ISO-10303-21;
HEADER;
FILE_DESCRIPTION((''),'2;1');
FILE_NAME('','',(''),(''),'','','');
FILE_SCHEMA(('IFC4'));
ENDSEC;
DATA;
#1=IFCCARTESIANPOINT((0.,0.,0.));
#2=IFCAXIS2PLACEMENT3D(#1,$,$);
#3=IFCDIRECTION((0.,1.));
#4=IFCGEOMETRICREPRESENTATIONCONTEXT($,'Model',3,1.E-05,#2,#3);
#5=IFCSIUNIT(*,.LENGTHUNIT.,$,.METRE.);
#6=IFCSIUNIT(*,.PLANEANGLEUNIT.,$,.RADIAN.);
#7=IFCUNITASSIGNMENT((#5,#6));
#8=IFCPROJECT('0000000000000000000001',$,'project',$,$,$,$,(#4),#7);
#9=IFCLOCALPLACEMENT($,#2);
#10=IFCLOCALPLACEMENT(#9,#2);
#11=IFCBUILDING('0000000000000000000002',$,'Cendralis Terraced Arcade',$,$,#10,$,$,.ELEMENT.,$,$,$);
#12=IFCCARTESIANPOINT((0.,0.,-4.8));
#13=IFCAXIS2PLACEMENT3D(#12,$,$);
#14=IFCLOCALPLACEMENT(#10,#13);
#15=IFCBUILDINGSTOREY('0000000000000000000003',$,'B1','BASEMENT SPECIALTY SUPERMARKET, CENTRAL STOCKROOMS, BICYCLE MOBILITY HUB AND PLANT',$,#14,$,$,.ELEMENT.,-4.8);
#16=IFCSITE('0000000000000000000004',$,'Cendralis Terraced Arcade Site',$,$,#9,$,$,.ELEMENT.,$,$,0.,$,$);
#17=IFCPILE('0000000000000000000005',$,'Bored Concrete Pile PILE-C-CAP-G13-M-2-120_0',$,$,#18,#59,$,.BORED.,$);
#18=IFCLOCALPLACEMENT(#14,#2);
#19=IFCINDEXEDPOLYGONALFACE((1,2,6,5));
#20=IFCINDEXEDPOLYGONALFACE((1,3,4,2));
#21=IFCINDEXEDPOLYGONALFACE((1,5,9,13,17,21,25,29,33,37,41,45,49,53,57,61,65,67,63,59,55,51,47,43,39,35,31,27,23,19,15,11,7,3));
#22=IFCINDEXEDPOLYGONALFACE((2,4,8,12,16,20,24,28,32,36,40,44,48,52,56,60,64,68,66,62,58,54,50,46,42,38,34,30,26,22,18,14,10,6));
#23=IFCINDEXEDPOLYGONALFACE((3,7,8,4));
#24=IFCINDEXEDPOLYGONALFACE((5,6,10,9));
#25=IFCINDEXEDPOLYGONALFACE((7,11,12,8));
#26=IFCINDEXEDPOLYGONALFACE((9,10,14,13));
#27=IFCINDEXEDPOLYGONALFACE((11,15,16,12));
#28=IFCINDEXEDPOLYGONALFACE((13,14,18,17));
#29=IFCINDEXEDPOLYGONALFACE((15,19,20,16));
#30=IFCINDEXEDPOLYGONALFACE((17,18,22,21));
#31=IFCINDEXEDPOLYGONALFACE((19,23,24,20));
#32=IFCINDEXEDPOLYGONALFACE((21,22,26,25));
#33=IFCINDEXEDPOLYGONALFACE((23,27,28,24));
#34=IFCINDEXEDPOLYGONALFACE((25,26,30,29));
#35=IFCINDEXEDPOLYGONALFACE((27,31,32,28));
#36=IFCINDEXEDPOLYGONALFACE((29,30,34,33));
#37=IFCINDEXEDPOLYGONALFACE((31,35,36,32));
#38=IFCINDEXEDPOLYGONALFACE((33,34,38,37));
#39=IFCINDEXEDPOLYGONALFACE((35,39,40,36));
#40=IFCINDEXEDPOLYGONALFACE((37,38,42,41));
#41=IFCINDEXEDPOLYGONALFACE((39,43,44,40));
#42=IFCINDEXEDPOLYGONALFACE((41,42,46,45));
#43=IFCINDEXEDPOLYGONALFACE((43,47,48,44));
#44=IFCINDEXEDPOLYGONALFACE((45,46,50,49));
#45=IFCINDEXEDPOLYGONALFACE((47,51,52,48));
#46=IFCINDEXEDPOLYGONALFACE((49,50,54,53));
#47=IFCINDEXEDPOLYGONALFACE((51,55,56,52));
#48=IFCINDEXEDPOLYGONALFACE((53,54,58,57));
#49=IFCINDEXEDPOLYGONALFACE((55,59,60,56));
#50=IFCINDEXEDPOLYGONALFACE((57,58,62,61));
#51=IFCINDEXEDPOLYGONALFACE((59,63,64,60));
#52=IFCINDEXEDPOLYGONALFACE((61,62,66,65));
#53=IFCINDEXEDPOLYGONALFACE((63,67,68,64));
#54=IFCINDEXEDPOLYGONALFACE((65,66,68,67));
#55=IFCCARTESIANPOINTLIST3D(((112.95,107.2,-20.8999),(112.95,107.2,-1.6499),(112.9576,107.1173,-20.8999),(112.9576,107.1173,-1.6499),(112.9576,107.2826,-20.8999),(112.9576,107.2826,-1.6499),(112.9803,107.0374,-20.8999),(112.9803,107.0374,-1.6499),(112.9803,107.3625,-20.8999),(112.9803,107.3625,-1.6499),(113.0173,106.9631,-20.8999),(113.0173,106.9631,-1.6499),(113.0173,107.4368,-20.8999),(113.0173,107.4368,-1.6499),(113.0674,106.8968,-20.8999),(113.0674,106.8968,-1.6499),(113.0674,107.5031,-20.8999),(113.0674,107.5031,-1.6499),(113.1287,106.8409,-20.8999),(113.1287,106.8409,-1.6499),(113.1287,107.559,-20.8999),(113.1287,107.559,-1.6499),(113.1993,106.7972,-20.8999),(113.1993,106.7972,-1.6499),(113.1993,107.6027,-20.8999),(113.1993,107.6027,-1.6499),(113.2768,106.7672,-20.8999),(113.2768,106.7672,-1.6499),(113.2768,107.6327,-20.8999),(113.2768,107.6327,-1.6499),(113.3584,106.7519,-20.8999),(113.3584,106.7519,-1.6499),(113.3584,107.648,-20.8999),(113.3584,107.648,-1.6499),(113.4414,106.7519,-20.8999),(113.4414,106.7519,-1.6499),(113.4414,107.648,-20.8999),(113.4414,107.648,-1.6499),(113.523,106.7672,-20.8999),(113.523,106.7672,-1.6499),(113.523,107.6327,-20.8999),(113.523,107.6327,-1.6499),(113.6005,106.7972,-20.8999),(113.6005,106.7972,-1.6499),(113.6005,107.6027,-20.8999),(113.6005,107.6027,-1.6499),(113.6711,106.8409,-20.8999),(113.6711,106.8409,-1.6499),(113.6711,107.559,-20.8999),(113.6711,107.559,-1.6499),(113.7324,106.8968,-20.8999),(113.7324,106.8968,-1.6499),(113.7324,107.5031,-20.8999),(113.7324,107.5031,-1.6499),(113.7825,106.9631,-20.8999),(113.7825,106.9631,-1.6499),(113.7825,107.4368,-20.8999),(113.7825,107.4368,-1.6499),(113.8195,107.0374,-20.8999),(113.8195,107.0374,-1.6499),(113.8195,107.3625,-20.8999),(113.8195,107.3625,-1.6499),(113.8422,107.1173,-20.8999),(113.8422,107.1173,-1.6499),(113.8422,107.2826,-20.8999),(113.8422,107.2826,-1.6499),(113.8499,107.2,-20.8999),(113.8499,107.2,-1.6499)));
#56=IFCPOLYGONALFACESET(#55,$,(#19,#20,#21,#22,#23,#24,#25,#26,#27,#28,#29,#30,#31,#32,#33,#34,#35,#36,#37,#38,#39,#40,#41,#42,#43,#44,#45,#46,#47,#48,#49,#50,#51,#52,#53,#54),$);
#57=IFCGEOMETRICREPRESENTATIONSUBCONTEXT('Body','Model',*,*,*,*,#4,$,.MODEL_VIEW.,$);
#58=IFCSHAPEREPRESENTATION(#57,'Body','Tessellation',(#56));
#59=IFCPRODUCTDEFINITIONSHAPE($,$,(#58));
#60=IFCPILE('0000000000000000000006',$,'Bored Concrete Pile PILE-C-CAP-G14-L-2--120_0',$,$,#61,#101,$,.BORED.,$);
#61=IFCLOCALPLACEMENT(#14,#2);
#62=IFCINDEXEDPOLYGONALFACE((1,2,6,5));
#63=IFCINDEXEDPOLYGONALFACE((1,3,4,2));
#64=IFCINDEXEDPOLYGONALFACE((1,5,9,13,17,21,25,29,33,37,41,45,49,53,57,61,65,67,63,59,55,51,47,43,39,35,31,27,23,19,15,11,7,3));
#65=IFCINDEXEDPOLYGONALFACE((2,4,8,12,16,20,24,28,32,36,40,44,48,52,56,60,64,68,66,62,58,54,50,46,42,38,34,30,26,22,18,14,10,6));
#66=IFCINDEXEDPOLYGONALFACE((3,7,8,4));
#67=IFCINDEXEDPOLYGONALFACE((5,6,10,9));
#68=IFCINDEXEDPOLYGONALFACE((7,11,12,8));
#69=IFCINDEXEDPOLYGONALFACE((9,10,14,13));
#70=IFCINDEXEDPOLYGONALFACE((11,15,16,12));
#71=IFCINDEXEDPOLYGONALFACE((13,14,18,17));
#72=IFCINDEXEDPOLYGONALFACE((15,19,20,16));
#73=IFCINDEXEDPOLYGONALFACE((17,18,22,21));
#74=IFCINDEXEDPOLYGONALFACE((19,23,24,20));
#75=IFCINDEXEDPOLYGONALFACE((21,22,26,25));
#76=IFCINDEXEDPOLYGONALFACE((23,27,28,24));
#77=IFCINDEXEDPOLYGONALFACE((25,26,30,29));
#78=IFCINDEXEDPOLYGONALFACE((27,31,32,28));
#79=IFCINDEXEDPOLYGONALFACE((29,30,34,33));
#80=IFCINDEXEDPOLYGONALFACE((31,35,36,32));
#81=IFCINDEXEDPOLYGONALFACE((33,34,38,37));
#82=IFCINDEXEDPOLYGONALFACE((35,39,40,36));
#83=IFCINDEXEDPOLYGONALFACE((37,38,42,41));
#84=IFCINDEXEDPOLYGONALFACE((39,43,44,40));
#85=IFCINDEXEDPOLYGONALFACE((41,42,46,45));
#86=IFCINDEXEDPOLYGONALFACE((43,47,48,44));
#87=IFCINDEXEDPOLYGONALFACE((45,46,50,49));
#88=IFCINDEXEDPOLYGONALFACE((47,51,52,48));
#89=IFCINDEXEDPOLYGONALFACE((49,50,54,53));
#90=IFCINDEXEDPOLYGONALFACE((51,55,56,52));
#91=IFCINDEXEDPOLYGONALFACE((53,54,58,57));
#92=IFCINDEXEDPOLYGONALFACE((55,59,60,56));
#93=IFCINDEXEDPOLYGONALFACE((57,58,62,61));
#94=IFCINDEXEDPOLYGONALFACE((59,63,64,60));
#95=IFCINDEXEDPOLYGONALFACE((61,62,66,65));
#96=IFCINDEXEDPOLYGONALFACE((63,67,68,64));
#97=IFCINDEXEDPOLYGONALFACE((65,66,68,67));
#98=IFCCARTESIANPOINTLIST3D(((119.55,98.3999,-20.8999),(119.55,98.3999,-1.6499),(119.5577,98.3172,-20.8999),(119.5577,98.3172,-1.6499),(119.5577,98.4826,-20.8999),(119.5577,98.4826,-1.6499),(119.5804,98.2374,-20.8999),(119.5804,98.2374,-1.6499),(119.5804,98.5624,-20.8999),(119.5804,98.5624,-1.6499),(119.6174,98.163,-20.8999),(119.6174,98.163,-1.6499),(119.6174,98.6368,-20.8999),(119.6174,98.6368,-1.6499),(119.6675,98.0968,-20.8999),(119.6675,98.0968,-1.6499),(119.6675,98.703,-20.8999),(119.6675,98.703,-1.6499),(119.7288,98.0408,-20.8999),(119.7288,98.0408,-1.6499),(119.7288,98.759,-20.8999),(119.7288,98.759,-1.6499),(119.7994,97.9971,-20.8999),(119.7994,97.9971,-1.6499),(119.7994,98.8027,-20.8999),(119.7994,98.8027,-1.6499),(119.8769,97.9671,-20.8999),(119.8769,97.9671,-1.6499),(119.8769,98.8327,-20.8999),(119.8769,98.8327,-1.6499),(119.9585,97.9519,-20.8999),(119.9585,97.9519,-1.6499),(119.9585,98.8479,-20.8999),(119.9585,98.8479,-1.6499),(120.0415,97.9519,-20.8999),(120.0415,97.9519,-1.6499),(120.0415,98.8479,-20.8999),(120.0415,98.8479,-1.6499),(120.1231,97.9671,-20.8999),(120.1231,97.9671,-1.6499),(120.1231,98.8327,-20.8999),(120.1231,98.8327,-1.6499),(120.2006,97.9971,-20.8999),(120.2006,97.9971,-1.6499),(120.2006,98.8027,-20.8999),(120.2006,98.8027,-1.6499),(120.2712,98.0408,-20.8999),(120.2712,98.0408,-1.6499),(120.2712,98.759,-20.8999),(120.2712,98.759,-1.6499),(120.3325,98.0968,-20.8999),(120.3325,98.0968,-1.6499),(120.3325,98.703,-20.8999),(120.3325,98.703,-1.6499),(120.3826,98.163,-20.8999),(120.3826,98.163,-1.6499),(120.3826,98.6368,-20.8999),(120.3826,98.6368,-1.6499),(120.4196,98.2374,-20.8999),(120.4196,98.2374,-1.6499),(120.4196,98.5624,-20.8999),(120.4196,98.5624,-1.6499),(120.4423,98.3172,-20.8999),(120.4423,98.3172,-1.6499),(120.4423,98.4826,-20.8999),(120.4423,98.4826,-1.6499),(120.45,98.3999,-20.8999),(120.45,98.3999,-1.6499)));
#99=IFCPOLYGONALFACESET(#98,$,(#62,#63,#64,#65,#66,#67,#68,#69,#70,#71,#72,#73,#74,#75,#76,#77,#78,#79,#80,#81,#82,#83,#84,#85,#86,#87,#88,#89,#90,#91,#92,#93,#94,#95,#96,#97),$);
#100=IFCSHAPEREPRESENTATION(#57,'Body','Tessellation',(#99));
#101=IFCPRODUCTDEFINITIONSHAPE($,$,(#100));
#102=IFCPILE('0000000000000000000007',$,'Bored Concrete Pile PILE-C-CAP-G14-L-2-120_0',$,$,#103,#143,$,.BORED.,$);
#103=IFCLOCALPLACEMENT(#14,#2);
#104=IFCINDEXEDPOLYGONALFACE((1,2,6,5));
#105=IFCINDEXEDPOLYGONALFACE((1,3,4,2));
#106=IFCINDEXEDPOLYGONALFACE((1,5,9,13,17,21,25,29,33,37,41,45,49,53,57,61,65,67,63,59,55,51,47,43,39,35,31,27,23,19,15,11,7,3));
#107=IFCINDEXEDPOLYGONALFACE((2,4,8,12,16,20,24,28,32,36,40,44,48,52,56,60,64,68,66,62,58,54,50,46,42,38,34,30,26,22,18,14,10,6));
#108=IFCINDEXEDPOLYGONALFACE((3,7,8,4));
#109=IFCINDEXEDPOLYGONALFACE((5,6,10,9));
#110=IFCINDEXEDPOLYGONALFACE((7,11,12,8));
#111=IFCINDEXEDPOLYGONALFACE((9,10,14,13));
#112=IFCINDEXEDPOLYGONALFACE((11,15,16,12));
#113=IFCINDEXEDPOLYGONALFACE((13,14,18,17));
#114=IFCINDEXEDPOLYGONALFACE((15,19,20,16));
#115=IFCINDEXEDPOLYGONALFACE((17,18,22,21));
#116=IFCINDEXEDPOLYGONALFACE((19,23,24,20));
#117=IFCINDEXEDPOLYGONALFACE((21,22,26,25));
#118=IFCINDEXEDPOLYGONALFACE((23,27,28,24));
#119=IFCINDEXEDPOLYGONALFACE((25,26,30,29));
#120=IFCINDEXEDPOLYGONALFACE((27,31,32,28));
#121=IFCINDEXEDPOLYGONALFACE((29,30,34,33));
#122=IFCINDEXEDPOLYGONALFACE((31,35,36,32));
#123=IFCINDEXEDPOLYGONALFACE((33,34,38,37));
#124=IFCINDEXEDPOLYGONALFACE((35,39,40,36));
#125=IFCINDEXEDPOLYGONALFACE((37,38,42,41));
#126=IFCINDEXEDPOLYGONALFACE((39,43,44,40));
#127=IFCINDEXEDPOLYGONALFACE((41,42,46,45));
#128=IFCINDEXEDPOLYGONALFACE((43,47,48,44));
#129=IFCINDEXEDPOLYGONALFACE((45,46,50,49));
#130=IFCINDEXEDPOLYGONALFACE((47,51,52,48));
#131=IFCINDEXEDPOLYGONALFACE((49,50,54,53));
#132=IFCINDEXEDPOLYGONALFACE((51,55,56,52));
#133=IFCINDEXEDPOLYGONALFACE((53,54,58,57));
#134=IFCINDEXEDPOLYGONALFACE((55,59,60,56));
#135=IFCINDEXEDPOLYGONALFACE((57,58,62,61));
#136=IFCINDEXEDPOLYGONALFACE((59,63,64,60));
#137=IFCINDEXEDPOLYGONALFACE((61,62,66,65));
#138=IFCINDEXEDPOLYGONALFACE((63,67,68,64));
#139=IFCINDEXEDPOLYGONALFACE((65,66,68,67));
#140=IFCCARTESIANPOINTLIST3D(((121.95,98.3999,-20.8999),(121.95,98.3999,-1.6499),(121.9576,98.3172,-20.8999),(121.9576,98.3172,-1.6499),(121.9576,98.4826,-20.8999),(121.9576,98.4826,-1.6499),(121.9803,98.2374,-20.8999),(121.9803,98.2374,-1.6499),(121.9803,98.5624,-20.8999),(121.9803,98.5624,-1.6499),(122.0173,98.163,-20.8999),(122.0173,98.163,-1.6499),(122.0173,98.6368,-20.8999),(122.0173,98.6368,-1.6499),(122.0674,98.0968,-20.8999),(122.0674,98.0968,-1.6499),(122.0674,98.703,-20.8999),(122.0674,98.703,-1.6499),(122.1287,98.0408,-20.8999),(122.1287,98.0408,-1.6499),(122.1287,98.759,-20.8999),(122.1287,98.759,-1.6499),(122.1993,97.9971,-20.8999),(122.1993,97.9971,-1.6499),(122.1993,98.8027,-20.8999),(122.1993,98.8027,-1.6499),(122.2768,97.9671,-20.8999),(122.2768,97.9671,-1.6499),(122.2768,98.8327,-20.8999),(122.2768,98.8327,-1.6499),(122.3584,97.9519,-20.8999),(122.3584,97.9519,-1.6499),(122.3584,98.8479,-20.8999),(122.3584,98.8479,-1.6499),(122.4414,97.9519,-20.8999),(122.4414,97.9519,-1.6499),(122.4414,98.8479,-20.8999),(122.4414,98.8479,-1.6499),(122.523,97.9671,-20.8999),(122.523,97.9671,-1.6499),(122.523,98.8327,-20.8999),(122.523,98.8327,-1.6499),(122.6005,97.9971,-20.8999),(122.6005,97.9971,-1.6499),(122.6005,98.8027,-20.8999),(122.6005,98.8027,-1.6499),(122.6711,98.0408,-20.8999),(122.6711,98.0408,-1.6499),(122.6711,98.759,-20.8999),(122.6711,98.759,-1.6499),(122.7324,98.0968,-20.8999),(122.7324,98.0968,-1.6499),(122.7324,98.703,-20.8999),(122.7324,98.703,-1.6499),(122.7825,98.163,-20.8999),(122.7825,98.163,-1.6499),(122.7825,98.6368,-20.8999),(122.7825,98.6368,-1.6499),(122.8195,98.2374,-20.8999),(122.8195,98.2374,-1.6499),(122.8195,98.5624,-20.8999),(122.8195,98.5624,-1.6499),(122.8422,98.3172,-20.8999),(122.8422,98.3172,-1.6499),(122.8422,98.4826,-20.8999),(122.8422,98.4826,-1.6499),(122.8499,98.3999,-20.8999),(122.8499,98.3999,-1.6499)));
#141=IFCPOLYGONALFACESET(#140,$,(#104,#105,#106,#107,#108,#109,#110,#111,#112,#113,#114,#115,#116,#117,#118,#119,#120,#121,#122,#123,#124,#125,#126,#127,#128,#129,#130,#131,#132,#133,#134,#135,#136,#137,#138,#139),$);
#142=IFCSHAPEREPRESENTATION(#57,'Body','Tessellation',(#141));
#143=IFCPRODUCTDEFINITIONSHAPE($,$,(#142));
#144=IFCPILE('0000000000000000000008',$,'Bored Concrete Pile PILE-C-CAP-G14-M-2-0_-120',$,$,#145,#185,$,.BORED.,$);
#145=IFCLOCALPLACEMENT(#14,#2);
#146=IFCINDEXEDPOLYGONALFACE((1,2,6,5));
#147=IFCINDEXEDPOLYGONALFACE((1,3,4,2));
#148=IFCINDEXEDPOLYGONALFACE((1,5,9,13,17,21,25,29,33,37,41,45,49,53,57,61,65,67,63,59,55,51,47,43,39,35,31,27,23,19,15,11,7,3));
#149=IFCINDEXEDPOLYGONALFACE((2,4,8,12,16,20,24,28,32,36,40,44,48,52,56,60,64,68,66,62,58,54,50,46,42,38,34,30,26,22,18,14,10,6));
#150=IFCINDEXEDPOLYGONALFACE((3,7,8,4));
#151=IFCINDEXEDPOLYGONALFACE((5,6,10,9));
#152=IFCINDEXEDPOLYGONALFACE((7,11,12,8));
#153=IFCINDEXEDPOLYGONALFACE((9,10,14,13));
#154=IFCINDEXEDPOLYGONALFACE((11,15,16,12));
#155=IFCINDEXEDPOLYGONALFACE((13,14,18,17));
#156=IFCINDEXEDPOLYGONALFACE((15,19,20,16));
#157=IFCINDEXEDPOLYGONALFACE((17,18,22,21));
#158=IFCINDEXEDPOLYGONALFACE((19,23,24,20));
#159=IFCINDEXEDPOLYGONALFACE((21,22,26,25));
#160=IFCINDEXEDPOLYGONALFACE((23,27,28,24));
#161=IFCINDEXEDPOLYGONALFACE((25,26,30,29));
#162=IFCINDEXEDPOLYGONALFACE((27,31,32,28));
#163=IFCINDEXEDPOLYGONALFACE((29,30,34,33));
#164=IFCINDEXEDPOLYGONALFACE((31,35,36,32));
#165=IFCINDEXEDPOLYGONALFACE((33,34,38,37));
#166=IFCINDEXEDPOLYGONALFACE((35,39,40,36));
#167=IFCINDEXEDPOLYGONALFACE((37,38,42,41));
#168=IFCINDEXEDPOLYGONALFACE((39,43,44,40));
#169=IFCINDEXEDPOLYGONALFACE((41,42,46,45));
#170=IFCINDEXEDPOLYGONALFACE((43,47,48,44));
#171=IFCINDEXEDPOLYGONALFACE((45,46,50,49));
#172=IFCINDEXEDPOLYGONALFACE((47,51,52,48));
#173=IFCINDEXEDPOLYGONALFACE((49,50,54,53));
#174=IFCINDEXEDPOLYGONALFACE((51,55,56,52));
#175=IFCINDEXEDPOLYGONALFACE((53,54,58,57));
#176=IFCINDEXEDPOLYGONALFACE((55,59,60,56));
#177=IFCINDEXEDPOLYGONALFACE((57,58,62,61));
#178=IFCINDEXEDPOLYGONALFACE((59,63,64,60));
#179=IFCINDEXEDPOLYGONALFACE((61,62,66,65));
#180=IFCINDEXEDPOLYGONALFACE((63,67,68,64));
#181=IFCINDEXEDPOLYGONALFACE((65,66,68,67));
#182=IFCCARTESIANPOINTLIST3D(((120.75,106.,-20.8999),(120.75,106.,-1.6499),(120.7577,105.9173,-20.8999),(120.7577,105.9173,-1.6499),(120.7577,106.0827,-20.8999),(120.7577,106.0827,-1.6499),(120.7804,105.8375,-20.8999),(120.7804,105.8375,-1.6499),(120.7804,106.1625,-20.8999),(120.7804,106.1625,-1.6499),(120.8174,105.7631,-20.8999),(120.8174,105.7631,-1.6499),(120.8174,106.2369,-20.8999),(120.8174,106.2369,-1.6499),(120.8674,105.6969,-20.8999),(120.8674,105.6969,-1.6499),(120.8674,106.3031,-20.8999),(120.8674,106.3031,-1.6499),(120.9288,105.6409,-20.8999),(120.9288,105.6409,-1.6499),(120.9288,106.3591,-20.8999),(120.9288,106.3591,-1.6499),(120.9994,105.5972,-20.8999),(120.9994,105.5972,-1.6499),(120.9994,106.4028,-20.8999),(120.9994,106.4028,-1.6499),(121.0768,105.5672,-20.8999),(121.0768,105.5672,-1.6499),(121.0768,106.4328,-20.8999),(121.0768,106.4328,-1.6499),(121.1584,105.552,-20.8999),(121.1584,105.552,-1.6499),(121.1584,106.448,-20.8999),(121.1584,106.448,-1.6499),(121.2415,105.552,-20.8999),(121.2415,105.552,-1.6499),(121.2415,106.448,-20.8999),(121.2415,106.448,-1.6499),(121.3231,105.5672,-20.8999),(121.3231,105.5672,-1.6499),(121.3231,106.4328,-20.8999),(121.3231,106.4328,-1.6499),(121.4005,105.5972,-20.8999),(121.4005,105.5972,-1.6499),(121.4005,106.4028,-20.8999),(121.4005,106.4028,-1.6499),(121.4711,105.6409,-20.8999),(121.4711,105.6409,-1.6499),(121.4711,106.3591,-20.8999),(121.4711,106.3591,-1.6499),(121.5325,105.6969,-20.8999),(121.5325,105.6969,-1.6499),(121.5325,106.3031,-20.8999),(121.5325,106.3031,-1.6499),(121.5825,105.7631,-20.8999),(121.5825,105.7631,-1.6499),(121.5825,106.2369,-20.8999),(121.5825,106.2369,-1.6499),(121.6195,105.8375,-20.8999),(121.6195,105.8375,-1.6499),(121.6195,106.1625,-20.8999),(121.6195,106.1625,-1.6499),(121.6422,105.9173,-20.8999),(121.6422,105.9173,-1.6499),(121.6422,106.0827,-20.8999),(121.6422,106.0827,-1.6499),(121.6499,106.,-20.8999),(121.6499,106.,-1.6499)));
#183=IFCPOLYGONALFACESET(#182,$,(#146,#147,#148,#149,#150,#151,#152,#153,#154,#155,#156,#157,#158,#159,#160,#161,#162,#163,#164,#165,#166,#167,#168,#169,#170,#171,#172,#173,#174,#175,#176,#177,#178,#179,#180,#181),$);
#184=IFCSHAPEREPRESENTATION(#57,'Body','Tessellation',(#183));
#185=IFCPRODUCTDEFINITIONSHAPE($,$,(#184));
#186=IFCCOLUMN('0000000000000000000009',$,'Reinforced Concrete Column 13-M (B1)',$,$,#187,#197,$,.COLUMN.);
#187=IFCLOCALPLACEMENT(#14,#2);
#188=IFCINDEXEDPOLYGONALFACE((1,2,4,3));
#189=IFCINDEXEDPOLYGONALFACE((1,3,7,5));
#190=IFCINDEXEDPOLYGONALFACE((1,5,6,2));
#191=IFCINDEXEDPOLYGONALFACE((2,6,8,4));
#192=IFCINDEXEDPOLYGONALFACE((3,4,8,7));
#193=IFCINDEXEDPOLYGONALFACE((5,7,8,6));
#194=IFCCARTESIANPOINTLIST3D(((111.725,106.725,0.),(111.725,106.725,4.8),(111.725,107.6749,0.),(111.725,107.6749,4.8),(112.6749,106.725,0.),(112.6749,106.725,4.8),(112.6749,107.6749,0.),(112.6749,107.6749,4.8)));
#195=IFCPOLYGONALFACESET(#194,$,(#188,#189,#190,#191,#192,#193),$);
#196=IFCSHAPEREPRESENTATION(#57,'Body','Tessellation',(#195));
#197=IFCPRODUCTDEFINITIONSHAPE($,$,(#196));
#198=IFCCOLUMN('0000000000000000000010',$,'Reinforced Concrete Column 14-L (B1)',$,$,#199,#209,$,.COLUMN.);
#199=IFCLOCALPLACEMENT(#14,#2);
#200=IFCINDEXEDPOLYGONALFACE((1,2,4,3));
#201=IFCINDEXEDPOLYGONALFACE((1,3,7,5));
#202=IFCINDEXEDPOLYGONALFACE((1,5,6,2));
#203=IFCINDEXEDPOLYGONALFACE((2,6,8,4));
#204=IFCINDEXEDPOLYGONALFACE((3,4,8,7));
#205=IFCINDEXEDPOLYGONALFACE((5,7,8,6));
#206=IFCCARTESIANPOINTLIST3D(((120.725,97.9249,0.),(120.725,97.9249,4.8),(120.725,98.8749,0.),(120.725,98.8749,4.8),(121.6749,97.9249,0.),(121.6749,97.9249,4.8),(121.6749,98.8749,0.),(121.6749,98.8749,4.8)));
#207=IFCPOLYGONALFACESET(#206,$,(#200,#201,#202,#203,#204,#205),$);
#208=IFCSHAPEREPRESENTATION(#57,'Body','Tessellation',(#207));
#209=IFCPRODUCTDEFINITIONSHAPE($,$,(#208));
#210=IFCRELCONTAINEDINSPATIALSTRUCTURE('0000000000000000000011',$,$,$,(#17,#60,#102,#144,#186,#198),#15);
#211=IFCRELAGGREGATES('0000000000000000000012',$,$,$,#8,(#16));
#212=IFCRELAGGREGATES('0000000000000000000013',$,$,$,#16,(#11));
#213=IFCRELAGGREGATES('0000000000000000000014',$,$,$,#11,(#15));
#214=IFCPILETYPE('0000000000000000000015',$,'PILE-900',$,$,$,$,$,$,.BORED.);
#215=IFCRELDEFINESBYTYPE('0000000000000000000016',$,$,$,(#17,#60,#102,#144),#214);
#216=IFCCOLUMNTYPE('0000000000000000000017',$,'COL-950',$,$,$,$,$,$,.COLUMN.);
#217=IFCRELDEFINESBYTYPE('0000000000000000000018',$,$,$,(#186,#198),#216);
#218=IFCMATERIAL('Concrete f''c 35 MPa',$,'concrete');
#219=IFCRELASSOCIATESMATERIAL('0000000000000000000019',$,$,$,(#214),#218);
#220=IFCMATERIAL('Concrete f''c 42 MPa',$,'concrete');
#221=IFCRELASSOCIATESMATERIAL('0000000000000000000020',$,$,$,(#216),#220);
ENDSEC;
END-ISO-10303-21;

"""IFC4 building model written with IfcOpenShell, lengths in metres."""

from ifc_helpers import new_model, si_unit, direction, frame, origin, origin_2d, place, context, subcontext, project, spatial, rectangle, circle, extrude, material, material_profile, profile_set, type_object, element, save


model = new_model("IFC4")

# Units and contexts
model_context = context("Model", 3, precision=1e-05, world=origin(), true_north=direction((0.0, 1.0)))
body_context = subcontext(model_context, "Body", "Model", "MODEL_VIEW")
ifc_project = project(units=[si_unit("LENGTHUNIT", "METRE"), si_unit("PLANEANGLEUNIT", "RADIAN")], contexts=[model_context])

# Site, building, storey
site_placement = place(None, origin())
site = spatial("IfcSite", under=ifc_project, at=site_placement, Name="Cendralis Terraced Arcade Site", CompositionType="ELEMENT", RefElevation=0.0)
building_placement = place(site_placement, origin())
building = spatial("IfcBuilding", under=site, at=building_placement, Name="Cendralis Terraced Arcade", CompositionType="ELEMENT")
storey_placement = place(building_placement, frame((0.0, 0.0, -4.8)))
storey = spatial("IfcBuildingStorey", under=building, at=storey_placement, Name="B1", Description="BASEMENT SPECIALTY SUPERMARKET, CENTRAL STOCKROOMS, BICYCLE MOBILITY HUB AND PLANT", CompositionType="ELEMENT", Elevation=-4.8)

# Shared definitions
ifc_material_1 = material(Name="Concrete f'c 35 MPa", Category="concrete")

# Piles
ifc_material_profile_1 = material_profile(ifc_material_1, circle(Radius=0.45, at=origin_2d()), Name="PILE-D900", Category="LoadBearing")
ifc_profile_set_1 = profile_set([ifc_material_profile_1], Name="Concrete f'c 35 MPa")
pile_type = type_object("IfcPileType", Name="PILE-900", PredefinedType="BORED", material=ifc_profile_set_1)
for number, where, z_axis, x_axis, name in (
    (1, (113.3999, 107.2, -1.6499), (0.0, 0.0, -1.0), (1.0, 0.0, 0.0), "Bored Concrete Pile PILE-C-CAP-G13-M-2-120_0"),
    (2, (120.0, 98.3999, -1.6499), (0.0, 0.0, -1.0), (1.0, 0.0, 0.0), "Bored Concrete Pile PILE-C-CAP-G14-L-2--120_0"),
    (3, (122.3999, 98.3999, -1.6499), (0.0, 0.0, -1.0), (1.0, 0.0, 0.0), "Bored Concrete Pile PILE-C-CAP-G14-L-2-120_0"),
    (4, (121.2, 106.0, -1.6499), (0.0, 0.0, -1.0), (1.0, 0.0, 0.0), "Bored Concrete Pile PILE-C-CAP-G14-M-2-0_-120"),
):
    element("IfcPile", number, at=place(storey_placement, frame(where, z_axis=z_axis, x_axis=x_axis)), inside=storey, type_object=pile_type, Name=name, PredefinedType="BORED", context=body_context, shape_type="SweptSolid", body=[
        extrude(circle(Radius=0.45, at=origin_2d()), origin(), (0.0, 0.0, 1.0), 19.25),
    ])

# Columns
ifc_material_2 = material(Name="Concrete f'c 42 MPa", Category="concrete")
ifc_material_profile_2 = material_profile(ifc_material_2, rectangle(XDim=0.95, YDim=0.95, at=origin_2d()), Name="RC-COL-950x950", Category="LoadBearing")
ifc_profile_set_2 = profile_set([ifc_material_profile_2], Name="Concrete f'c 42 MPa")
column_type = type_object("IfcColumnType", Name="COL-950", PredefinedType="COLUMN", material=ifc_profile_set_2)
for number, where, z_axis, x_axis, name in (
    (5, (112.2, 107.2, 0.0), (0.0, 0.0, 1.0), (1.0, 0.0, 0.0), "Reinforced Concrete Column 13-M (B1)"),
    (6, (121.2, 98.3999, 0.0), (0.0, 0.0, 1.0), (1.0, 0.0, 0.0), "Reinforced Concrete Column 14-L (B1)"),
):
    element("IfcColumn", number, at=place(storey_placement, frame(where, z_axis=z_axis, x_axis=x_axis)), inside=storey, type_object=column_type, Name=name, PredefinedType="COLUMN", context=body_context, shape_type="SweptSolid", body=[
        extrude(rectangle(XDim=0.95, YDim=0.95, at=origin_2d()), origin(), (0.0, 0.0, 1.0), 4.8),
    ])

save(model, "model.ifc")
